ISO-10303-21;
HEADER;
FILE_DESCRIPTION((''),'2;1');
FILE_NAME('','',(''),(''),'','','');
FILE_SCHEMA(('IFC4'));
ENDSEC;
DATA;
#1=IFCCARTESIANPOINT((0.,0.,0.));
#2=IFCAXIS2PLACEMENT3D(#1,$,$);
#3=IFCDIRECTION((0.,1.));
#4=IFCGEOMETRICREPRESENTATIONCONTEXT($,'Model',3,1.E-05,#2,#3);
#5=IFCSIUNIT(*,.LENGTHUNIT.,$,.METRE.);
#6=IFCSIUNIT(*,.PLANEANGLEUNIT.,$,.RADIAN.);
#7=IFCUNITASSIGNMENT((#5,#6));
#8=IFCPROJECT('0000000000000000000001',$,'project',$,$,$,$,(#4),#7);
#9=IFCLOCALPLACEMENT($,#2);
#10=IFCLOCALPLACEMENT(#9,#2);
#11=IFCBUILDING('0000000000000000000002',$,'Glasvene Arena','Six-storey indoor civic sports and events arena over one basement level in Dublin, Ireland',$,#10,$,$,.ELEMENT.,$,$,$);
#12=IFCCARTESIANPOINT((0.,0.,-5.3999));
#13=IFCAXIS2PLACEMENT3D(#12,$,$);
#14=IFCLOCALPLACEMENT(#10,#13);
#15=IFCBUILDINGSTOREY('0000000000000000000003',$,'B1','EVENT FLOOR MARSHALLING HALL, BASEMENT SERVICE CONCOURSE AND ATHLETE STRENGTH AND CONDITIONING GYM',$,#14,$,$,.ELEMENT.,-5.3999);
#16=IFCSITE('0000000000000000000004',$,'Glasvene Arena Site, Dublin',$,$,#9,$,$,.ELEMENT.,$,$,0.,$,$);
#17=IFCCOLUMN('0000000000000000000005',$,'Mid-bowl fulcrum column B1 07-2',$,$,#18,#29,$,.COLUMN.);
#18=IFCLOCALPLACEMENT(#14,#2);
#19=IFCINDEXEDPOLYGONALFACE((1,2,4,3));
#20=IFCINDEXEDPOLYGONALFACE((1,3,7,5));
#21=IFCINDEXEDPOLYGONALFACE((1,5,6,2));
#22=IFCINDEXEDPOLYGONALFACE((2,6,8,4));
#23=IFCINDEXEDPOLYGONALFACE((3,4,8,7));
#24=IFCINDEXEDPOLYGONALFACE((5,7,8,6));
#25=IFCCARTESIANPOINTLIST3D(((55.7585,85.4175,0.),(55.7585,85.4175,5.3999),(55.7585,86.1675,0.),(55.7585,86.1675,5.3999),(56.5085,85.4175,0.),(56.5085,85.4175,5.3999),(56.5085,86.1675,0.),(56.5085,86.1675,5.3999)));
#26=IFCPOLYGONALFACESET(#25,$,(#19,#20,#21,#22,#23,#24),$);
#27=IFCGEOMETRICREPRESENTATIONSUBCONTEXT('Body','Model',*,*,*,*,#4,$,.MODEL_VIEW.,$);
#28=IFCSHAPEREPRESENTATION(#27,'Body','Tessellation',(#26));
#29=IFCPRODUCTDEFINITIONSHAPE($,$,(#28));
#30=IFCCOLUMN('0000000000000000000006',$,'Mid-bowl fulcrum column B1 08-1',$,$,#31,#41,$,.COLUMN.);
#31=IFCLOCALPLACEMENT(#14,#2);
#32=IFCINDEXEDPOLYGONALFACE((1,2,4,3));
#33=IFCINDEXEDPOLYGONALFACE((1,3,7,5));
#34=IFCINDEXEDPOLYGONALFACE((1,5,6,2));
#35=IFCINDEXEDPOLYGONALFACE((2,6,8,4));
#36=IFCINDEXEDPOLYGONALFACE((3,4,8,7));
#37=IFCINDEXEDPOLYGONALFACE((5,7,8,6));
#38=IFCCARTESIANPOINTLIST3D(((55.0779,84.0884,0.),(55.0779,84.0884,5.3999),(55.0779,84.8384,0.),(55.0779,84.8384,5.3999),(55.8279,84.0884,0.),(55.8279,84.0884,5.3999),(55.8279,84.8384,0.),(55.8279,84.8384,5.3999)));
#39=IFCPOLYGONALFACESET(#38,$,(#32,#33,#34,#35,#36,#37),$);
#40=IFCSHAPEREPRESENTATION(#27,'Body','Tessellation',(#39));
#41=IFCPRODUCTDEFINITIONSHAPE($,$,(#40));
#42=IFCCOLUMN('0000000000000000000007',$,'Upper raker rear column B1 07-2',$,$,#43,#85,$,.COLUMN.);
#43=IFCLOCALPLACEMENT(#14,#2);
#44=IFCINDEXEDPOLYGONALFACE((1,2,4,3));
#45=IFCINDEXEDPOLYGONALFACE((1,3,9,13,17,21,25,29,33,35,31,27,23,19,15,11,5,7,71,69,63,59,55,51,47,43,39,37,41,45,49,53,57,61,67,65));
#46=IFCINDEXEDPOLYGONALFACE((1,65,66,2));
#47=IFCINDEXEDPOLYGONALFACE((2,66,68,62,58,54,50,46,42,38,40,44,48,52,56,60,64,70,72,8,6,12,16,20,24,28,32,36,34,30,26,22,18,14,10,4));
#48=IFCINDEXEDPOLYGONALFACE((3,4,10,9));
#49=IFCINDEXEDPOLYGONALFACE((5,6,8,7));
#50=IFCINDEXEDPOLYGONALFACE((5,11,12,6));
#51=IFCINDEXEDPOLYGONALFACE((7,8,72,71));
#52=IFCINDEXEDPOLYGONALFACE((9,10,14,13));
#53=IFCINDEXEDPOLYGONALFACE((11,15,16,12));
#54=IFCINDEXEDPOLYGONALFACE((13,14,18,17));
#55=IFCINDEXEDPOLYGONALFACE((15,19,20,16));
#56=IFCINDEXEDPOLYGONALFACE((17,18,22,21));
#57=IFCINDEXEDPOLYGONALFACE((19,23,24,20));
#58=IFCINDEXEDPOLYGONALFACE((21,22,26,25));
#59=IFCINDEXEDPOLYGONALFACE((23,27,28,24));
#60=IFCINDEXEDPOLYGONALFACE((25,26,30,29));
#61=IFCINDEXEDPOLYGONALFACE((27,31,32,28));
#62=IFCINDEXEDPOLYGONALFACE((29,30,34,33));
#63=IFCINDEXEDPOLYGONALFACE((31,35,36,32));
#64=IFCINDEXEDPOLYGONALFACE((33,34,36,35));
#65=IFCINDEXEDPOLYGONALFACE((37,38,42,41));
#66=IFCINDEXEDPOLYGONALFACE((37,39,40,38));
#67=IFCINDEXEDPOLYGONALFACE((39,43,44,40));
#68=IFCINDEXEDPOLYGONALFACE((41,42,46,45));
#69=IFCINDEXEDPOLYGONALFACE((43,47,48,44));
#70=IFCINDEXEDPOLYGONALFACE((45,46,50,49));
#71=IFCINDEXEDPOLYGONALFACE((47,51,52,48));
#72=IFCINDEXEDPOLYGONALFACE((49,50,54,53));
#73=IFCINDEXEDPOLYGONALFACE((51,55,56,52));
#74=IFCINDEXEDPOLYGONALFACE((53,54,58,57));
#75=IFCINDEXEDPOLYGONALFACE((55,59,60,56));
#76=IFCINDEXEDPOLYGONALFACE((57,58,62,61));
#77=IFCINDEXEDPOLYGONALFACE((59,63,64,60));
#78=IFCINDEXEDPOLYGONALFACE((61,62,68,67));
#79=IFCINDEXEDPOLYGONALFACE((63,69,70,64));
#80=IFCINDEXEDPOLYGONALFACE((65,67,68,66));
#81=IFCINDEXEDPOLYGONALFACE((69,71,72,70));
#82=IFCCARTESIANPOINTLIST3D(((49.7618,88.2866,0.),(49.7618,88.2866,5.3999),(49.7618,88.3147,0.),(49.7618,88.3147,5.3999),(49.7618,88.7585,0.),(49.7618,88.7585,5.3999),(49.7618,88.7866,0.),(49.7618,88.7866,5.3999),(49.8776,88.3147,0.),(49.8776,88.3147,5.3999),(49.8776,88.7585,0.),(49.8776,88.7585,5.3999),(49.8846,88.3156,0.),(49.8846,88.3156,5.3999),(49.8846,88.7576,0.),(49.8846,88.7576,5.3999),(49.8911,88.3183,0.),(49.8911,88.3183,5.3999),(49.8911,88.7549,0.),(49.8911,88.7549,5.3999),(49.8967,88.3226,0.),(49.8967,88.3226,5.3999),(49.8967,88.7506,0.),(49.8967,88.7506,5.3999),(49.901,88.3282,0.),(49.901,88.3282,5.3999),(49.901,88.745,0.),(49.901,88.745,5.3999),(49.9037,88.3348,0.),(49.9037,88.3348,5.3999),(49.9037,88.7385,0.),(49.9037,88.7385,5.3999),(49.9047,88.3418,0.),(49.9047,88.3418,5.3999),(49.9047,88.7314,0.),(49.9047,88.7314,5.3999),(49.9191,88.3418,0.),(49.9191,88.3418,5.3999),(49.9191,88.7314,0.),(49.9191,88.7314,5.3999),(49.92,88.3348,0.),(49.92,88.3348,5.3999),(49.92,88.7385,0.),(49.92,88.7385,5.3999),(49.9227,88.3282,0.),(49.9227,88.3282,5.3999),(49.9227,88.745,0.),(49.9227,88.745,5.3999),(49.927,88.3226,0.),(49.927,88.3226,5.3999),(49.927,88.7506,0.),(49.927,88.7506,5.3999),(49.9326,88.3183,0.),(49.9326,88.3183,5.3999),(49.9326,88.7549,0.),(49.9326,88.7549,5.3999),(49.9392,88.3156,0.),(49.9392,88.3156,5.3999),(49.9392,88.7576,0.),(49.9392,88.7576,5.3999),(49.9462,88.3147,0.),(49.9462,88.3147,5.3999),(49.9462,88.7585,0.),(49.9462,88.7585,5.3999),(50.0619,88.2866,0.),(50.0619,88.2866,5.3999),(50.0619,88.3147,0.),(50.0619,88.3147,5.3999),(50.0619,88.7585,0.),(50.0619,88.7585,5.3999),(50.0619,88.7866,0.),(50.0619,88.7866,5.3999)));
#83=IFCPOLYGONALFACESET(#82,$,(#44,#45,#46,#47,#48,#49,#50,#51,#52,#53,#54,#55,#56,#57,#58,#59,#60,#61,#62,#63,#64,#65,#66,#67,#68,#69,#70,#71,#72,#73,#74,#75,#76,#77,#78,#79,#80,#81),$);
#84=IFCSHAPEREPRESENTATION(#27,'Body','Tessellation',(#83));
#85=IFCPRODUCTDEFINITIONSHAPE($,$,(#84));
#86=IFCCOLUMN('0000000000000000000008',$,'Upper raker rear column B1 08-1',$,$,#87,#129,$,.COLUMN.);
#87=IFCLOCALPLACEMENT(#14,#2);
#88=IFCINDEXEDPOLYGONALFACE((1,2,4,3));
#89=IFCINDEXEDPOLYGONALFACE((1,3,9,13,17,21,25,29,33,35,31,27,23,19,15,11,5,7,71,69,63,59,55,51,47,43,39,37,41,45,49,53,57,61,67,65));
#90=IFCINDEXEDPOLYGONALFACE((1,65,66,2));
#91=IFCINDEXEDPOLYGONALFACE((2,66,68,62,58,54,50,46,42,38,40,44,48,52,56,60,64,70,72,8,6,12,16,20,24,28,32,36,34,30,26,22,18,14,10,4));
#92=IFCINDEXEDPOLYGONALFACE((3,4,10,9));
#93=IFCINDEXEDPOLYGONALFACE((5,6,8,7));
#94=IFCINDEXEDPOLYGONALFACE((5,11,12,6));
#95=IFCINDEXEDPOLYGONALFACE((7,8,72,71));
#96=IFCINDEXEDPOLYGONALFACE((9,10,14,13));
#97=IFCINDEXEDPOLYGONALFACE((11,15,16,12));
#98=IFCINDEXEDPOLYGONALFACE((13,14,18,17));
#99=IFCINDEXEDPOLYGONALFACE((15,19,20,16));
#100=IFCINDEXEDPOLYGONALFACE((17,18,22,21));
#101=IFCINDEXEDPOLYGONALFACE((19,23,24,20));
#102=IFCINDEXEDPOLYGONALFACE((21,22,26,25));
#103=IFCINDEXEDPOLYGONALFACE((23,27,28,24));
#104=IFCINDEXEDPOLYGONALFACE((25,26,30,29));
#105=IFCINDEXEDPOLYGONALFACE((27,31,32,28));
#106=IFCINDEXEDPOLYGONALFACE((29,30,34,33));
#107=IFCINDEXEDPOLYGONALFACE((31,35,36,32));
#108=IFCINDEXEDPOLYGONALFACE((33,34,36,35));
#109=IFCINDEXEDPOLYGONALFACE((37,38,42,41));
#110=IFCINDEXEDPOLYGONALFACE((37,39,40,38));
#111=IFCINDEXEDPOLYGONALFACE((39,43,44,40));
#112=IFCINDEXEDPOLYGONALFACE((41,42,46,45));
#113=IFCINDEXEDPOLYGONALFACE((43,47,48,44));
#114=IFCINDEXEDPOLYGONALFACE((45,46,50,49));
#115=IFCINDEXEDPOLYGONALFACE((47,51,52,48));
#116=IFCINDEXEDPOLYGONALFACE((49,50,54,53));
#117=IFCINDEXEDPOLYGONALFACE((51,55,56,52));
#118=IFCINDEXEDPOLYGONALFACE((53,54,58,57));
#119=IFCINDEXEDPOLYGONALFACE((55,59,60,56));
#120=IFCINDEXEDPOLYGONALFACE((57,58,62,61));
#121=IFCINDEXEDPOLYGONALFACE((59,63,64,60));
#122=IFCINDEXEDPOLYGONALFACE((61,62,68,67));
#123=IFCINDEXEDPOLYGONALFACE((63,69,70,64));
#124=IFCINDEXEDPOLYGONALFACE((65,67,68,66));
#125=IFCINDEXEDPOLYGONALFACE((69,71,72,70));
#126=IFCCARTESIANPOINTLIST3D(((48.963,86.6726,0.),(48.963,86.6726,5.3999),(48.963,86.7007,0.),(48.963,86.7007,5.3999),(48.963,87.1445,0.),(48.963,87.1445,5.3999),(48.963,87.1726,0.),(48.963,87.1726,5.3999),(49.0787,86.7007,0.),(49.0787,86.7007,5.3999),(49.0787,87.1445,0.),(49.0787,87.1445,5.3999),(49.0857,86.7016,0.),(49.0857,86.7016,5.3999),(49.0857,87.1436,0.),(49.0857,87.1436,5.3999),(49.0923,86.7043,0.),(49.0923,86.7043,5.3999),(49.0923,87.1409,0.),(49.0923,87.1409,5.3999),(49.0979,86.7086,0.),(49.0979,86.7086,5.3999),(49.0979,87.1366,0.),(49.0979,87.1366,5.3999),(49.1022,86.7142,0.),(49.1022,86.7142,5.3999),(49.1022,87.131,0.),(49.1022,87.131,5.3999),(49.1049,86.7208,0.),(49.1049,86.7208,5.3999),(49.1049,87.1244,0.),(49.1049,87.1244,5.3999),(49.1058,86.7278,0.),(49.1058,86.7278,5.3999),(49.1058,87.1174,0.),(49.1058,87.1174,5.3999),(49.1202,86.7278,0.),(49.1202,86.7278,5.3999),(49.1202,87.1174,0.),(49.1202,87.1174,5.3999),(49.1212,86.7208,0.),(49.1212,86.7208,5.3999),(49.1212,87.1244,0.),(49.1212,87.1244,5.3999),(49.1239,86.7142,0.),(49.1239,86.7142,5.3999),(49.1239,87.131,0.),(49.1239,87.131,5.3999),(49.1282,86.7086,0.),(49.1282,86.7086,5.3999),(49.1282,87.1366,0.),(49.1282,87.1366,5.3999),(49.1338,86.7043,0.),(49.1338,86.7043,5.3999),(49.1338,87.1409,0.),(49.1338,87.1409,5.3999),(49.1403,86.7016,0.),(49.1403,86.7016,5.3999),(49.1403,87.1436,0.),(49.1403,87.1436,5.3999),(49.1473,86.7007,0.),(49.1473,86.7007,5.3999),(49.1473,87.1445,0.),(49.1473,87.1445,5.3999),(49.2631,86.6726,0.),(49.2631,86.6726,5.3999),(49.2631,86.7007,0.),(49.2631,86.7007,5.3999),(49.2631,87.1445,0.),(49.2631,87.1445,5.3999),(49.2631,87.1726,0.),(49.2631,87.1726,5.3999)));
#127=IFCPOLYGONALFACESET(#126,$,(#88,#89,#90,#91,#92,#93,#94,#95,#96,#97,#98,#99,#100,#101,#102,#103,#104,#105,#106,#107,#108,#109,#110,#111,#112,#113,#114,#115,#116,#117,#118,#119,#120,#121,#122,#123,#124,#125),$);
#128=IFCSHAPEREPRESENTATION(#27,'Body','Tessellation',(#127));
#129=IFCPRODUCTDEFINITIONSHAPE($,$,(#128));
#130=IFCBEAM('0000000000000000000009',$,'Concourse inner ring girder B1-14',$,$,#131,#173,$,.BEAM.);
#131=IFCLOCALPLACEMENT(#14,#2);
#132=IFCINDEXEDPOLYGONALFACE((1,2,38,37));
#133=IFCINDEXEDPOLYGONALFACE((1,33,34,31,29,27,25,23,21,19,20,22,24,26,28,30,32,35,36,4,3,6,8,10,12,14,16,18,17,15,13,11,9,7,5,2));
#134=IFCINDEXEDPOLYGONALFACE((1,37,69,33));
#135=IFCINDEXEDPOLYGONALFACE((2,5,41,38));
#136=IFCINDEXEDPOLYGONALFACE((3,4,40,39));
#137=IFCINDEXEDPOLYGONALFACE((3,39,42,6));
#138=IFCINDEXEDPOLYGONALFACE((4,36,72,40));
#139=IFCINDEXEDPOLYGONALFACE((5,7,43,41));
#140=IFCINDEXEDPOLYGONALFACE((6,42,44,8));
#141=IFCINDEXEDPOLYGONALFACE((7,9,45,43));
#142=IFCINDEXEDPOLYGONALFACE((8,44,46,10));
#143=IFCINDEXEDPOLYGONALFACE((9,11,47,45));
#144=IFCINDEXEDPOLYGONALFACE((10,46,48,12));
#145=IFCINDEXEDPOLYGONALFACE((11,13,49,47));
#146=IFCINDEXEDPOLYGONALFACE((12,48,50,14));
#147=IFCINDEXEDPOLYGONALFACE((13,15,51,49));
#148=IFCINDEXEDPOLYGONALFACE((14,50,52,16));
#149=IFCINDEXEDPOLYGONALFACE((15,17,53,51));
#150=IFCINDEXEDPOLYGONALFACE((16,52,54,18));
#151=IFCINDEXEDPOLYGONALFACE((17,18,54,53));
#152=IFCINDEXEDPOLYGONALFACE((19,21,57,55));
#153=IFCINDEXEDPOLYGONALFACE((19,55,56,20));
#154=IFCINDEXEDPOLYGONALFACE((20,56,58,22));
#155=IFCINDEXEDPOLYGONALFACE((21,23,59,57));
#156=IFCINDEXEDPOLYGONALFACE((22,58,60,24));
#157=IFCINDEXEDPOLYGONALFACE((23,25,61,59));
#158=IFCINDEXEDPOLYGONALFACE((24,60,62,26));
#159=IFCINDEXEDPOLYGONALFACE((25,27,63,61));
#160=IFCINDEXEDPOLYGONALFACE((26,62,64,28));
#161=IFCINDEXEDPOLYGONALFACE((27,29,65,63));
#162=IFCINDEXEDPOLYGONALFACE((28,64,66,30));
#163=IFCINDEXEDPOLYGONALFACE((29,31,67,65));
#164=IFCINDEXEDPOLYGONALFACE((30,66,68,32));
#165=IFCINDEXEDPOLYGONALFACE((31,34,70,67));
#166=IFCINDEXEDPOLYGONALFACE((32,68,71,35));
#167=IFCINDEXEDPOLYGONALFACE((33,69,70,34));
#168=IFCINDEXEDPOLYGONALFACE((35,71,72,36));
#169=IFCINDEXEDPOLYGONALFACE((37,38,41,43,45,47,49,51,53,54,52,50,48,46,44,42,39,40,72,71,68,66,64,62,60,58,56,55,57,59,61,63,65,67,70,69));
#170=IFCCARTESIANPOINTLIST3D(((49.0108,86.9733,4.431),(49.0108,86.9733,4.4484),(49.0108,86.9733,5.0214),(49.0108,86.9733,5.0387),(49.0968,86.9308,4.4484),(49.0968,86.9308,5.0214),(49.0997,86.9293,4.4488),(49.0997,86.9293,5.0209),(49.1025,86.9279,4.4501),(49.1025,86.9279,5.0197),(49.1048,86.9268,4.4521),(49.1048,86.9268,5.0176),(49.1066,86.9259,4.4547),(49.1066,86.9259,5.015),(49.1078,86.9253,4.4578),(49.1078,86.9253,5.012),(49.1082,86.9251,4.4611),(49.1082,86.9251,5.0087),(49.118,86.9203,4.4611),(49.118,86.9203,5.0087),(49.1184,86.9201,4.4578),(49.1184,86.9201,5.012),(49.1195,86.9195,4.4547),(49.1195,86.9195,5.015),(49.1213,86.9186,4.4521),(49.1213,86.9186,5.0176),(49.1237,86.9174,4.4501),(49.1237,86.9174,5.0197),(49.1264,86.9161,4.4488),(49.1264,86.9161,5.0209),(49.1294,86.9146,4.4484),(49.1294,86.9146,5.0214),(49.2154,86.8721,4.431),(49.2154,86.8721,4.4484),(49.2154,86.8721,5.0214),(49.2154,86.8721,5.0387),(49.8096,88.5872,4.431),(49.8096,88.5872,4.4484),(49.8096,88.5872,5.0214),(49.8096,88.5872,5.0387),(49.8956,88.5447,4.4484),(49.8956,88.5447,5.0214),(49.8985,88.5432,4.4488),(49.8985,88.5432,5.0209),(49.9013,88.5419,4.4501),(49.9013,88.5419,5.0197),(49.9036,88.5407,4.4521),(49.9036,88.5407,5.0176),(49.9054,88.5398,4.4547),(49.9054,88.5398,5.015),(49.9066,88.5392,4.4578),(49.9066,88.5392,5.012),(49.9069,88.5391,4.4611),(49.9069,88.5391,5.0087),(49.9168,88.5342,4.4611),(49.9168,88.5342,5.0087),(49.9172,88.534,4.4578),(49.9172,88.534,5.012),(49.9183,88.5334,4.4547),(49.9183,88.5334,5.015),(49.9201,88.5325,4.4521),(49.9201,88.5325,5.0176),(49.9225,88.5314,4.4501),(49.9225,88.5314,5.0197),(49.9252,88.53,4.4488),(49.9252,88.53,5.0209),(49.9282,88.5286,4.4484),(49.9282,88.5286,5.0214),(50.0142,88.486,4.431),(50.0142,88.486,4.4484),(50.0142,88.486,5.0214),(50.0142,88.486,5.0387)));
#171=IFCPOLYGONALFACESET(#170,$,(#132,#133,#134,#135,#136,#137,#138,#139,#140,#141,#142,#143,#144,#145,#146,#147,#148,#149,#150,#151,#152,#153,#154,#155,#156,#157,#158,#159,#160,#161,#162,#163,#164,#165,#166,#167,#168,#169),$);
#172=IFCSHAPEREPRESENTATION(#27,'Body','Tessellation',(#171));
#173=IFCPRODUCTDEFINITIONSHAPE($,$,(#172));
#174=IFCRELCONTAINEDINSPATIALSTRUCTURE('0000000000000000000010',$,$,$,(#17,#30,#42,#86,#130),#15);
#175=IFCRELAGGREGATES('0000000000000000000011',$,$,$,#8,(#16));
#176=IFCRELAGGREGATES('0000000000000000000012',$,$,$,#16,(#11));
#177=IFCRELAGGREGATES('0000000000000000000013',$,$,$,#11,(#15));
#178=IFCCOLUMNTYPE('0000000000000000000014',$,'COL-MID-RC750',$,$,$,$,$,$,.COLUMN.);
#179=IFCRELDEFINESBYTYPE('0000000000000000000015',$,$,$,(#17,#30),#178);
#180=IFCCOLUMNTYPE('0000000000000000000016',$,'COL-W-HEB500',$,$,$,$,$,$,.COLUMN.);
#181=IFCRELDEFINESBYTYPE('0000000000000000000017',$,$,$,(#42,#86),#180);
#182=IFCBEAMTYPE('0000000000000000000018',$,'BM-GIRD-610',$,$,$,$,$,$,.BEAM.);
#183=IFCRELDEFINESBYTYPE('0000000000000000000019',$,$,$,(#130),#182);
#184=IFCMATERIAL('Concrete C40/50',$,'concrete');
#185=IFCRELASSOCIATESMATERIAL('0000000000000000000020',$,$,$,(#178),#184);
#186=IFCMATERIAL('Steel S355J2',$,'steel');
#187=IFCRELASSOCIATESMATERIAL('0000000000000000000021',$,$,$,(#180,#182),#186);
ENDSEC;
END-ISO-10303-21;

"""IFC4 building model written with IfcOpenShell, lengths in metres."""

from ifc_helpers import new_model, si_unit, direction, frame, origin, origin_2d, place, context, subcontext, project, spatial, rectangle, i_section, extrude, material, material_profile, profile_set, type_object, element, save


model = new_model("IFC4")

# Units and contexts
model_context = context("Model", 3, precision=1e-05, world=origin(), true_north=direction((0.0, 1.0)))
body_context = subcontext(model_context, "Body", "Model", "MODEL_VIEW")
ifc_project = project(units=[si_unit("LENGTHUNIT", "METRE"), si_unit("PLANEANGLEUNIT", "RADIAN")], contexts=[model_context])

# Site, building, storey
site_placement = place(None, origin())
site = spatial("IfcSite", under=ifc_project, at=site_placement, Name="Glasvene Arena Site, Dublin", CompositionType="ELEMENT", RefElevation=0.0)
building_placement = place(site_placement, origin())
building = spatial("IfcBuilding", under=site, at=building_placement, Name="Glasvene Arena", Description="Six-storey indoor civic sports and events arena over one basement level in Dublin, Ireland", CompositionType="ELEMENT")
storey_placement = place(building_placement, frame((0.0, 0.0, -5.3999)))
storey = spatial("IfcBuildingStorey", under=building, at=storey_placement, Name="B1", Description="EVENT FLOOR MARSHALLING HALL, BASEMENT SERVICE CONCOURSE AND ATHLETE STRENGTH AND CONDITIONING GYM", CompositionType="ELEMENT", Elevation=-5.3999)

# Shared definitions
ifc_material_1 = material(Name="Concrete C40/50", Category="concrete")

# Columns
ifc_material_profile_1 = material_profile(ifc_material_1, rectangle(XDim=0.75, YDim=0.75, at=origin_2d()), Name="RC 750x750")
ifc_profile_set_1 = profile_set([ifc_material_profile_1], Name="Concrete C40/50")
column_type_1 = type_object("IfcColumnType", Name="COL-MID-RC750", PredefinedType="COLUMN", material=ifc_profile_set_1)
for number, where, z_axis, x_axis, name in (
    (1, (56.1335, 85.7925, 0.0), (0.0, 0.0, 1.0), (1.0, 0.0, 0.0), "Mid-bowl fulcrum column B1 07-2"),
    (2, (55.4529, 84.4634, 0.0), (0.0, 0.0, 1.0), (1.0, 0.0, 0.0), "Mid-bowl fulcrum column B1 08-1"),
):
    element("IfcColumn", number, at=place(storey_placement, frame(where, z_axis=z_axis, x_axis=x_axis)), inside=storey, type_object=column_type_1, Name=name, PredefinedType="COLUMN", context=body_context, shape_type="SweptSolid", body=[
        extrude(rectangle(XDim=0.75, YDim=0.75, at=origin_2d()), origin(), (0.0, 0.0, 1.0), 5.3999),
    ])
ifc_material_2 = material(Name="Steel S355J2", Category="steel")
ifc_material_profile_2 = material_profile(ifc_material_2, i_section(OverallWidth=0.3, OverallDepth=0.5, WebThickness=0.0144, FlangeThickness=0.0281, FilletRadius=0.0271, at=origin_2d()), Name="HEB 500")
ifc_profile_set_2 = profile_set([ifc_material_profile_2], Name="Steel S355J2")
column_type_2 = type_object("IfcColumnType", Name="COL-W-HEB500", PredefinedType="COLUMN", material=ifc_profile_set_2)
for number, where, z_axis, x_axis, name in (
    (3, (49.9119, 88.5366, 0.0), (0.0, 0.0, 1.0), (1.0, 0.0, 0.0), "Upper raker rear column B1 07-2"),
    (4, (49.113, 86.9226, 0.0), (0.0, 0.0, 1.0), (1.0, 0.0, 0.0), "Upper raker rear column B1 08-1"),
):
    element("IfcColumn", number, at=place(storey_placement, frame(where, z_axis=z_axis, x_axis=x_axis)), inside=storey, type_object=column_type_2, Name=name, PredefinedType="COLUMN", context=body_context, shape_type="SweptSolid", body=[
        extrude(i_section(OverallWidth=0.3, OverallDepth=0.5, WebThickness=0.0144, FlangeThickness=0.0281, FilletRadius=0.0271, at=origin_2d()), origin(), (0.0, 0.0, 1.0), 5.3999),
    ])

# Beam
ifc_material_profile_3 = material_profile(ifc_material_2, i_section(OverallWidth=0.2283, OverallDepth=0.6077, WebThickness=0.011, FlangeThickness=0.0173, FilletRadius=0.0127, at=origin_2d()), Name="UKB 610x229x113")
ifc_profile_set_3 = profile_set([ifc_material_profile_3], Name="Steel S355J2")
beam_type_1 = type_object("IfcBeamType", Name="BM-GIRD-610", PredefinedType="BEAM", material=ifc_profile_set_3)
beam_1_placement = place(storey_placement, frame((49.9119, 88.5366, 4.7349), z_axis=(-0.443577, -0.896236, 0.0), x_axis=(0.896236, -0.443577, 0.0)))
element("IfcBeam", 5, at=beam_1_placement, inside=storey, type_object=beam_type_1, Name="Concourse inner ring girder B1-14", PredefinedType="BEAM", context=body_context, shape_type="SweptSolid", body=[
    extrude(i_section(OverallWidth=0.2283, OverallDepth=0.6077, WebThickness=0.011, FlangeThickness=0.0173, FilletRadius=0.0127, at=origin_2d()), origin(), (0.0, 0.0, 1.0), 1.8008),
])

save(model, "model.ifc")
